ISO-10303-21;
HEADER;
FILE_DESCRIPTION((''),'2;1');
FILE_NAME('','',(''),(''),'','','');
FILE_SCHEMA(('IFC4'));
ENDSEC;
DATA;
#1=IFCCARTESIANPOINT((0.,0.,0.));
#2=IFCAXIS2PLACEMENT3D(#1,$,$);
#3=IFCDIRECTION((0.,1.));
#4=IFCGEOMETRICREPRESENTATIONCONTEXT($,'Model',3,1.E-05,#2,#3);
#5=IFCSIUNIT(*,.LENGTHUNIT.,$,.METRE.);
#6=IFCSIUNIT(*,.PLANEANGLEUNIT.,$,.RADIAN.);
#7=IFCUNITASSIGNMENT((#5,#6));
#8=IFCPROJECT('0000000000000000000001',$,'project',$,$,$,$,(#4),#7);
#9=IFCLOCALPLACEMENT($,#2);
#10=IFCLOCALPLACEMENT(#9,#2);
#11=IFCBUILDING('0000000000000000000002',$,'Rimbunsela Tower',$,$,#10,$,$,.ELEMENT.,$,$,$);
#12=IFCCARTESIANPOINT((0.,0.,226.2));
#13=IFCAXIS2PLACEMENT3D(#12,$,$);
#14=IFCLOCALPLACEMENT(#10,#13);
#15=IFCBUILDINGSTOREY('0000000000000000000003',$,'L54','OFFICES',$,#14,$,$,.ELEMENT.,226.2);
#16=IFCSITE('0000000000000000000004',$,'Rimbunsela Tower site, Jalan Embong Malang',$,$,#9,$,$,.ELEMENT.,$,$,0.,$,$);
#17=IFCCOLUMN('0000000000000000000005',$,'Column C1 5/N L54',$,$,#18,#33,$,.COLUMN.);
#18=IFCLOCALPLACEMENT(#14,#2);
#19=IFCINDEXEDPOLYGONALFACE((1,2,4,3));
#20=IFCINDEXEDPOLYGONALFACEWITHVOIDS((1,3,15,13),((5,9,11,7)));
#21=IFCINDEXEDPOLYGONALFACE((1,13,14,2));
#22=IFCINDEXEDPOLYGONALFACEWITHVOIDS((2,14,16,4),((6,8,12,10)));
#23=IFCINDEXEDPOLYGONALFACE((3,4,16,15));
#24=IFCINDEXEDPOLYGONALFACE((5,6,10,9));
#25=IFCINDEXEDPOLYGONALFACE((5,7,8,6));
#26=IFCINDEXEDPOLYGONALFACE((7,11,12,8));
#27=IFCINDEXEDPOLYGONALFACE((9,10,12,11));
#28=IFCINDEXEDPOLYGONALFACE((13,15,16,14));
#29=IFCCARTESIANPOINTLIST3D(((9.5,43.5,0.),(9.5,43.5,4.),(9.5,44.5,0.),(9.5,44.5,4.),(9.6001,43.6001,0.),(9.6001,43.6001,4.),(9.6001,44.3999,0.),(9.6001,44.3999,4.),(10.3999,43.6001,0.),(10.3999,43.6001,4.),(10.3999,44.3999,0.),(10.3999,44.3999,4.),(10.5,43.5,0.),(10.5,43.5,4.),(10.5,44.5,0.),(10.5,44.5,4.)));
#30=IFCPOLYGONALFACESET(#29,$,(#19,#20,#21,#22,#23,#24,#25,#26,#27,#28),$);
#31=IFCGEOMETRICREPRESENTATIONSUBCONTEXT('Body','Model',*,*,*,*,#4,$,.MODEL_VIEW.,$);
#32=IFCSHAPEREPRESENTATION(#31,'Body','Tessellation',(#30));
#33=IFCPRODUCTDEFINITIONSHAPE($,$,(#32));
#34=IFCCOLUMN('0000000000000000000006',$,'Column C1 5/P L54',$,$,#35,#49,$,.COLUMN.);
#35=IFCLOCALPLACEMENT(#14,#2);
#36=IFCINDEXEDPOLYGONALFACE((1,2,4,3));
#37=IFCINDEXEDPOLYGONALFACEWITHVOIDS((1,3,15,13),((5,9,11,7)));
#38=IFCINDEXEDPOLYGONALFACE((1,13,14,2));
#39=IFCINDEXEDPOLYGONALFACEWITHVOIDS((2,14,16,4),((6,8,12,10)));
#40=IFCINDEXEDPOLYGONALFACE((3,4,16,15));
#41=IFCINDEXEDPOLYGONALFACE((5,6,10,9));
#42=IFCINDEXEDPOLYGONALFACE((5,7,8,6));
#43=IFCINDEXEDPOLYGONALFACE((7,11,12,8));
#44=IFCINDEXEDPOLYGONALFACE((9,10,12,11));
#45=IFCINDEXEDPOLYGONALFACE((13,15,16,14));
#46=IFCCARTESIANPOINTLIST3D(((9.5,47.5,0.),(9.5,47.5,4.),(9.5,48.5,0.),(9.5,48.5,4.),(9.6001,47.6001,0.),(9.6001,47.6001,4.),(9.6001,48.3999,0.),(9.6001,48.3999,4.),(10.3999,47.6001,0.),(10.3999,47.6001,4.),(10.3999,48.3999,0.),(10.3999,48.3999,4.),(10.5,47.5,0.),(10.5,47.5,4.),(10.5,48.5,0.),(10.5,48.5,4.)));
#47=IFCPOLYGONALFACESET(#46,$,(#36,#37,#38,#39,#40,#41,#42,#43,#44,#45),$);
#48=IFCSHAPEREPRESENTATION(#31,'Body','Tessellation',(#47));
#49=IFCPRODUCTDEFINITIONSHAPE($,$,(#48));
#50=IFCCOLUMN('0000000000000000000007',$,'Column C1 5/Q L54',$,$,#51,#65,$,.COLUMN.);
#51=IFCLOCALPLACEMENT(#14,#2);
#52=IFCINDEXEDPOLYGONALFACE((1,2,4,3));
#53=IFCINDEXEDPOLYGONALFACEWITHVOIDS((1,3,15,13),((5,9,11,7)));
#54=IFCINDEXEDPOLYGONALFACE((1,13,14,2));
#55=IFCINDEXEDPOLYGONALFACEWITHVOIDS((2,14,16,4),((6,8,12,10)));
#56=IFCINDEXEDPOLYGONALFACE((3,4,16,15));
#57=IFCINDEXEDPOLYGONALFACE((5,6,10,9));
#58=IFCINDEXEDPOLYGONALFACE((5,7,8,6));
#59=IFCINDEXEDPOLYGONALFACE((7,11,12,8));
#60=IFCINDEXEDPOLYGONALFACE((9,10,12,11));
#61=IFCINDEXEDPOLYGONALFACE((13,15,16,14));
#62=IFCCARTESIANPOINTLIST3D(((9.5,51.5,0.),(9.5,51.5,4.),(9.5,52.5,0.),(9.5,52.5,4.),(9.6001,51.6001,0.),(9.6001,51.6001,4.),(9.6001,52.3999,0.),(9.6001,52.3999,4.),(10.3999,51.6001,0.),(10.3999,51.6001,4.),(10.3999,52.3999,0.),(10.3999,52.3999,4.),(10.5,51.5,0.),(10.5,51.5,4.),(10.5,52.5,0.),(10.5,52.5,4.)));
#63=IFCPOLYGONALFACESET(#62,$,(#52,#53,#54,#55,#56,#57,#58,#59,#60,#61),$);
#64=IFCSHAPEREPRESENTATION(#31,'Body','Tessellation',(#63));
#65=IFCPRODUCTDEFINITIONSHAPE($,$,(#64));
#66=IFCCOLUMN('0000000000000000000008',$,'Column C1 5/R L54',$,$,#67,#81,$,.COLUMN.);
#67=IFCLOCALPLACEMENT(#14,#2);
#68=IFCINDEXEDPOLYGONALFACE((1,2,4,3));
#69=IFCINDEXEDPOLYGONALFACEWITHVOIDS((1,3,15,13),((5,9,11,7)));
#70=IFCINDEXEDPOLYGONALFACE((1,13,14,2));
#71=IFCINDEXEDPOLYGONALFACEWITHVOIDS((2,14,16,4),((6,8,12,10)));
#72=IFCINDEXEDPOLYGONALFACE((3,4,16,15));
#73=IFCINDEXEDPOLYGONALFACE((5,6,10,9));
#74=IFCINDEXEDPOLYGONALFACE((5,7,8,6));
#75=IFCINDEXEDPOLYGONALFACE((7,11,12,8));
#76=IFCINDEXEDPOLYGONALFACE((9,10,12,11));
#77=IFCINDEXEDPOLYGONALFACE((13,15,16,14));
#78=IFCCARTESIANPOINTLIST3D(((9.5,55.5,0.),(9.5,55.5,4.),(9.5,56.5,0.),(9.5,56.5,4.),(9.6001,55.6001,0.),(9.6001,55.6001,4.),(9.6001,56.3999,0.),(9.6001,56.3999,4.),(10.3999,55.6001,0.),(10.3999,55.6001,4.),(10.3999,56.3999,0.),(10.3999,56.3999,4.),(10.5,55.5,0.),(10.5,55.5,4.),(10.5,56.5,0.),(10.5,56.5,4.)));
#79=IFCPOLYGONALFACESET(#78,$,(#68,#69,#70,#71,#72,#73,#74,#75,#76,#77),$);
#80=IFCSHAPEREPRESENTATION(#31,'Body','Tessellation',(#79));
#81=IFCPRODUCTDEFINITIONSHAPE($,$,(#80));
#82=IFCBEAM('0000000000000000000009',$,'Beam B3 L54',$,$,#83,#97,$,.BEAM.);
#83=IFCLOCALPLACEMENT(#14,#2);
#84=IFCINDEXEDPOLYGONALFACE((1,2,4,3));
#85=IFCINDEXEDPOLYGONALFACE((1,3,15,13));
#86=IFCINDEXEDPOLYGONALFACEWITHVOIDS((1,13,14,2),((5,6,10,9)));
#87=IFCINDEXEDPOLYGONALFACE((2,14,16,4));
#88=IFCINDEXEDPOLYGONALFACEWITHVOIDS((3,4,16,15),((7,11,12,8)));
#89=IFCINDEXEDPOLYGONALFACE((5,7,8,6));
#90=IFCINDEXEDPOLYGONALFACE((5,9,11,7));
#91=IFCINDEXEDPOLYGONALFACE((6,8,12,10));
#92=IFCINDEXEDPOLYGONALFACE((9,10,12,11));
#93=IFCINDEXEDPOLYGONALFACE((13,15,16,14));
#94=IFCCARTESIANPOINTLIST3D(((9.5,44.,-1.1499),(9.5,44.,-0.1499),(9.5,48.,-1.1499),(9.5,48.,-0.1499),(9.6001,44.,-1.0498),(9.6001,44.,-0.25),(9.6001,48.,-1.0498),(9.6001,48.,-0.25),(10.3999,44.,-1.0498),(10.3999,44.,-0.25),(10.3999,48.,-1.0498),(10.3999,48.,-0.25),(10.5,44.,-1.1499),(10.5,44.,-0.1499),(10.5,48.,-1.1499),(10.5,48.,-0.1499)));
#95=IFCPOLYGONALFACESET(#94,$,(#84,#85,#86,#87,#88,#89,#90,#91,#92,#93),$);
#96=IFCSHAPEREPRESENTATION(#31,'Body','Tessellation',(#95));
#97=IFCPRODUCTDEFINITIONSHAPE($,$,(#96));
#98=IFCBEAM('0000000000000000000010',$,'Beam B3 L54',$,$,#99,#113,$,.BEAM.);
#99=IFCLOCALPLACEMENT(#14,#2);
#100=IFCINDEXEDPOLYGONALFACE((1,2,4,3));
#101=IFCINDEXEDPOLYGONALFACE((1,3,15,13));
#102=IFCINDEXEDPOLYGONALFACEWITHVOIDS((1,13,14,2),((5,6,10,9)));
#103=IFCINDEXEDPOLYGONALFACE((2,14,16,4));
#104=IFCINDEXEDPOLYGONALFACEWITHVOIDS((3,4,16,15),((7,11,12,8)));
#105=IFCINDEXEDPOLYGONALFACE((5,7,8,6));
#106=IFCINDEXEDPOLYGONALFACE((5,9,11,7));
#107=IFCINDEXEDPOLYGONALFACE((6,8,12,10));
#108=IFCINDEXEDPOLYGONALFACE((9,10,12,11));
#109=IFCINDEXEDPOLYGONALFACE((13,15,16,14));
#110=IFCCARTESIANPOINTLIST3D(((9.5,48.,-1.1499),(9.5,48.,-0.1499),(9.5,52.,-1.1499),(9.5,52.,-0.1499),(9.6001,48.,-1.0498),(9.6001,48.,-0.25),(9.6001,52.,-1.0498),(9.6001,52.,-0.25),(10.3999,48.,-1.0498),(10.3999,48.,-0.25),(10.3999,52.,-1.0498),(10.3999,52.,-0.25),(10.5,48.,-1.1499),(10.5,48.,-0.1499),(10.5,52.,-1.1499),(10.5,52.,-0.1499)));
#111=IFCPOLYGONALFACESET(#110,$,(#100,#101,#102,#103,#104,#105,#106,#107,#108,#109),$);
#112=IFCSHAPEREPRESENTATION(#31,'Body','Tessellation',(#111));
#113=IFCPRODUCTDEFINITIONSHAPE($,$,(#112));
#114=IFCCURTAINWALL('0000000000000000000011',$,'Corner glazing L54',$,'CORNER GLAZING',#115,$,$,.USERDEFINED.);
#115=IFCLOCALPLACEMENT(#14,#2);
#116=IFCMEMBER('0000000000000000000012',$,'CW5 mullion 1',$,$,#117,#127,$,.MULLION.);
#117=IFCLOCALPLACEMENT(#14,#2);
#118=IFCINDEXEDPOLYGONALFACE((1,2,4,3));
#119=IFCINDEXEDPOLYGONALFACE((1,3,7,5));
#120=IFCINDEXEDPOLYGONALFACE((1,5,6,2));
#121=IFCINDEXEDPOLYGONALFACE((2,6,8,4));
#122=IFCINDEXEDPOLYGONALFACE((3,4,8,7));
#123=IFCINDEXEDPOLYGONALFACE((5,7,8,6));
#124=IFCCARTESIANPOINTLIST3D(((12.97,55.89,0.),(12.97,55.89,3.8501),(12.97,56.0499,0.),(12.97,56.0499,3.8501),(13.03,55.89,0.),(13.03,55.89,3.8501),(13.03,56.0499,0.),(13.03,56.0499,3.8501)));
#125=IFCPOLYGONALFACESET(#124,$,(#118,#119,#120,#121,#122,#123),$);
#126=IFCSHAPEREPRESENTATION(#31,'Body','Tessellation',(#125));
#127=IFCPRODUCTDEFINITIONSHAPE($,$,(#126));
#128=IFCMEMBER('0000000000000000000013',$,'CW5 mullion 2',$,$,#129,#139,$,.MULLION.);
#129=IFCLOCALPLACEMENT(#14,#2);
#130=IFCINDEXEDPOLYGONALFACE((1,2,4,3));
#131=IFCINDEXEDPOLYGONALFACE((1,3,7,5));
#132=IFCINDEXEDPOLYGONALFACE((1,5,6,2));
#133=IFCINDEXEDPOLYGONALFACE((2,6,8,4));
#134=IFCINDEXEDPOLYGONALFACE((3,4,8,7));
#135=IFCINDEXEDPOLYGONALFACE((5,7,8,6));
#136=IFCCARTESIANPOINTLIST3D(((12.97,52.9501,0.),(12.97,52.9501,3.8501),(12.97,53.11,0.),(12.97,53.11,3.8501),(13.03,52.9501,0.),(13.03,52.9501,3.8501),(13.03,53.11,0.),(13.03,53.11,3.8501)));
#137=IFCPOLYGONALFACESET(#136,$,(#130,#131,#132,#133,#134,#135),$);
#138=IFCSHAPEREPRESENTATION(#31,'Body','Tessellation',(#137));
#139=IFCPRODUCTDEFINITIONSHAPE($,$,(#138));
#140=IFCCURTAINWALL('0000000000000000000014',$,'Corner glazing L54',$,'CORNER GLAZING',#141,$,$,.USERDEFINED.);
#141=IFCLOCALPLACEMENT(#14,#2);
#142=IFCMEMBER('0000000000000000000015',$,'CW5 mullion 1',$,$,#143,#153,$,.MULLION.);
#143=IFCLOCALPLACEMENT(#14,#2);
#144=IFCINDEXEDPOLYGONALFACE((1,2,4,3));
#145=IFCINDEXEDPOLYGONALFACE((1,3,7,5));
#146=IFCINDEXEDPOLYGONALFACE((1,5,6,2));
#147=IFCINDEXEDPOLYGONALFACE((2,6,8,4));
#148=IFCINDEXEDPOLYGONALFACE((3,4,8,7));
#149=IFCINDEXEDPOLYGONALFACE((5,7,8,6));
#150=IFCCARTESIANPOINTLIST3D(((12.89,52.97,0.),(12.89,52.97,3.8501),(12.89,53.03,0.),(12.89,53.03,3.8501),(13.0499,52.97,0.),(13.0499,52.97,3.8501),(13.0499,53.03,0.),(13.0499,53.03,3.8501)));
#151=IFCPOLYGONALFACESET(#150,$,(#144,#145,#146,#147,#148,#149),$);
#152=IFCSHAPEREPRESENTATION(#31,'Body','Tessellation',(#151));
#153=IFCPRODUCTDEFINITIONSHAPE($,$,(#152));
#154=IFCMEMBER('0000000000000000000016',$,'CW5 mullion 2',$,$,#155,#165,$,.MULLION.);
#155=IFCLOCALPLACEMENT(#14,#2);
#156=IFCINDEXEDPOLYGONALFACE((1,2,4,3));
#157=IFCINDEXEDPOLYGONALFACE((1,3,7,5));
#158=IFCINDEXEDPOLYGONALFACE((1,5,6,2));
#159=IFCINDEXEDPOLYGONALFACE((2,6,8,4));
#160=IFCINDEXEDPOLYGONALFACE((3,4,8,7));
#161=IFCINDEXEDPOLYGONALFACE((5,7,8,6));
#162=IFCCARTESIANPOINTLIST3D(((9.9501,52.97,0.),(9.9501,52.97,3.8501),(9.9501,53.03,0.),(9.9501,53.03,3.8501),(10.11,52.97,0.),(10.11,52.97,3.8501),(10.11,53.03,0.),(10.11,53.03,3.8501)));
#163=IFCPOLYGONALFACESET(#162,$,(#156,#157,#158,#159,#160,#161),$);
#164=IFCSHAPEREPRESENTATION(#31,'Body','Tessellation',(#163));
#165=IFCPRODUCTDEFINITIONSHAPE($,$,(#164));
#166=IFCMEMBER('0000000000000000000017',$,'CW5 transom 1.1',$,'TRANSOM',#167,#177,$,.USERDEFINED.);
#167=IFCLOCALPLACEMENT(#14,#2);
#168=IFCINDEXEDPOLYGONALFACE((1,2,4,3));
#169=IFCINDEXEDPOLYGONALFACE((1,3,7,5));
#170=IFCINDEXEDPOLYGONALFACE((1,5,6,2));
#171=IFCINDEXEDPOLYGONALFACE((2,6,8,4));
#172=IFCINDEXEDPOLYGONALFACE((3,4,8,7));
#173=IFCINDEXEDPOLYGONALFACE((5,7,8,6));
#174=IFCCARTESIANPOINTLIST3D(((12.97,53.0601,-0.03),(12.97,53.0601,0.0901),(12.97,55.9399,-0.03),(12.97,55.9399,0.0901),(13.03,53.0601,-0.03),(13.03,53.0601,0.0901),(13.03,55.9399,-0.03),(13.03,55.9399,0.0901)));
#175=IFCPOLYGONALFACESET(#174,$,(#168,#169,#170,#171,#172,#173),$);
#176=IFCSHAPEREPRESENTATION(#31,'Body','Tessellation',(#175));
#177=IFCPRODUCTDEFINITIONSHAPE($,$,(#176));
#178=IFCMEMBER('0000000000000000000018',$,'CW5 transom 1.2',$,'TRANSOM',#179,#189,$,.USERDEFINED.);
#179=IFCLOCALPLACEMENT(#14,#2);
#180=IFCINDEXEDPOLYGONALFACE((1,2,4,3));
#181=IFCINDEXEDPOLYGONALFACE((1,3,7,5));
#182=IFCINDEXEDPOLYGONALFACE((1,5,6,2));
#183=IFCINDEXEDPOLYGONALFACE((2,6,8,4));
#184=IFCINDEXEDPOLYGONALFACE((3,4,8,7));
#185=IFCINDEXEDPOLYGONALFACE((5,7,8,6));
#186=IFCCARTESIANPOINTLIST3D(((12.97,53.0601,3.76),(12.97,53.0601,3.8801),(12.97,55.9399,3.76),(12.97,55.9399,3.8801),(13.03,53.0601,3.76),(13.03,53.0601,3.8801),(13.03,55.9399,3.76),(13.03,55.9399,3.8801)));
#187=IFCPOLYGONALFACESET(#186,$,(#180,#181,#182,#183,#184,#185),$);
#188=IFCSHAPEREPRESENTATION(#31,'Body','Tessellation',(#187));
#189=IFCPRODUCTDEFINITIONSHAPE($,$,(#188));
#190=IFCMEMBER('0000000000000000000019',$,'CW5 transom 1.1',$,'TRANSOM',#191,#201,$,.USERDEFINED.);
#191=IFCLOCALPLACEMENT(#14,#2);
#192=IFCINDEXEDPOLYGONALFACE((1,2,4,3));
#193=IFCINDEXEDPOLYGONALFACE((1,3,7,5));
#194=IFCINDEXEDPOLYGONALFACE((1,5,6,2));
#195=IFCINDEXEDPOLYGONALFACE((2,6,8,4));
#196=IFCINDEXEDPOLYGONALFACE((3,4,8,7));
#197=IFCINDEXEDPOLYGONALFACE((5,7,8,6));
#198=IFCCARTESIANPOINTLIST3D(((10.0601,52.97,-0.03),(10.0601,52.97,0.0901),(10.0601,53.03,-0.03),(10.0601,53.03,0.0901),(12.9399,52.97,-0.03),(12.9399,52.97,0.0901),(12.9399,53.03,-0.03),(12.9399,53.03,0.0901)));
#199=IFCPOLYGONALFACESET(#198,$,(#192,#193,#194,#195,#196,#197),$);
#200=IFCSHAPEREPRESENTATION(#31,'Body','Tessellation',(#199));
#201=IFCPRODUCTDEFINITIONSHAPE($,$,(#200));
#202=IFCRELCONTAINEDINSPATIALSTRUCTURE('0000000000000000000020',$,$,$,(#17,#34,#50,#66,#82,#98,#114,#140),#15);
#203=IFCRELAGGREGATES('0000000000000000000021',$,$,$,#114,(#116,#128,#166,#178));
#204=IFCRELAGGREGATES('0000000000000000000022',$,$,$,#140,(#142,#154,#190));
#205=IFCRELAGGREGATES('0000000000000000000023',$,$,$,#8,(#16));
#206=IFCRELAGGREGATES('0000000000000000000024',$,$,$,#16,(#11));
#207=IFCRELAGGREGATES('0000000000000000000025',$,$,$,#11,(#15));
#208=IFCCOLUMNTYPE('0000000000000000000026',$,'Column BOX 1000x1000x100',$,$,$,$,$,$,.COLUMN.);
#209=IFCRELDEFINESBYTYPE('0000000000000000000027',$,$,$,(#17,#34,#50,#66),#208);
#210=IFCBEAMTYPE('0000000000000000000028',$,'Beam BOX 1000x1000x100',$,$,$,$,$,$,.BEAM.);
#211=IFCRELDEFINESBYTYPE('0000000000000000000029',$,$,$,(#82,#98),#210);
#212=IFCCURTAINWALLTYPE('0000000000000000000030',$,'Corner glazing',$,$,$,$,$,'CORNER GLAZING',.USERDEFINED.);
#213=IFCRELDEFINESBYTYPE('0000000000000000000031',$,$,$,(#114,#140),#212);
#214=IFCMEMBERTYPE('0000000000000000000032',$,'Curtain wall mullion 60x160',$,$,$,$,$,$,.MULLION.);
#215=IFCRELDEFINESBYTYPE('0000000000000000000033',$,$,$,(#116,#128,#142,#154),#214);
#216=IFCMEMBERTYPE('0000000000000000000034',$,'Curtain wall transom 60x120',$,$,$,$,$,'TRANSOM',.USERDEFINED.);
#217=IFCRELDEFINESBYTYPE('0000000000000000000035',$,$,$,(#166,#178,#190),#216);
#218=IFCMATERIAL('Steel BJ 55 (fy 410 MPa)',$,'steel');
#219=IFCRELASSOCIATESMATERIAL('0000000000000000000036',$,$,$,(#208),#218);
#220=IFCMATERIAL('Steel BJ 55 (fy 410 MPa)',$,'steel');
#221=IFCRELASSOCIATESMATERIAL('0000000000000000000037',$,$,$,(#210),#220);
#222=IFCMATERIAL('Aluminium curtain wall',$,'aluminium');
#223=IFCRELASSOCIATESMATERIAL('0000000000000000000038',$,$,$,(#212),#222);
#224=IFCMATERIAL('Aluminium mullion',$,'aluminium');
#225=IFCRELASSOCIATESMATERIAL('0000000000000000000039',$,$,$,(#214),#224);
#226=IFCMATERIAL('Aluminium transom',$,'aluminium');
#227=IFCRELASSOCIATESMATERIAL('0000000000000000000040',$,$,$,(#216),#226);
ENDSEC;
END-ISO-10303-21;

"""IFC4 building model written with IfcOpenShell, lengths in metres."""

from ifc_helpers import new_model, si_unit, direction, frame, origin, origin_2d, place, context, subcontext, project, spatial, rectangle, hollow_rectangle, extrude, material, material_profile, profile_set, type_object, element, aggregate, save


model = new_model("IFC4")

# Units and contexts
model_context = context("Model", 3, precision=1e-05, world=origin(), true_north=direction((0.0, 1.0)))
body_context = subcontext(model_context, "Body", "Model", "MODEL_VIEW")
ifc_project = project(units=[si_unit("LENGTHUNIT", "METRE"), si_unit("PLANEANGLEUNIT", "RADIAN")], contexts=[model_context])

# Site, building, storey
site_placement = place(None, origin())
site = spatial("IfcSite", under=ifc_project, at=site_placement, Name="Rimbunsela Tower site, Jalan Embong Malang", CompositionType="ELEMENT", RefElevation=0.0)
building_placement = place(site_placement, origin())
building = spatial("IfcBuilding", under=site, at=building_placement, Name="Rimbunsela Tower", CompositionType="ELEMENT")
storey_placement = place(building_placement, frame((0.0, 0.0, 226.2)))
storey = spatial("IfcBuildingStorey", under=building, at=storey_placement, Name="L54", Description="OFFICES", CompositionType="ELEMENT", Elevation=226.2)

# Columns
ifc_material_1 = material(Name="Steel BJ 55 (fy 410 MPa)", Category="steel")
ifc_material_profile_1 = material_profile(ifc_material_1, hollow_rectangle(XDim=1.0, YDim=1.0, WallThickness=0.1001, at=origin_2d()), Name="BOX 1000x1000x100")
ifc_profile_set_1 = profile_set([ifc_material_profile_1], Name="Steel BJ 55 (fy 410 MPa)")
column_type = type_object("IfcColumnType", Name="Column BOX 1000x1000x100", PredefinedType="COLUMN", material=ifc_profile_set_1)
for number, where, z_axis, x_axis, name in (
    (1, (10.0, 44.0, 0.0), (0.0, 0.0, 1.0), (1.0, 0.0, 0.0), "Column C1 5/N L54"),
    (2, (10.0, 48.0, 0.0), (0.0, 0.0, 1.0), (1.0, 0.0, 0.0), "Column C1 5/P L54"),
    (3, (10.0, 52.0, 0.0), (0.0, 0.0, 1.0), (1.0, 0.0, 0.0), "Column C1 5/Q L54"),
    (4, (10.0, 56.0, 0.0), (0.0, 0.0, 1.0), (1.0, 0.0, 0.0), "Column C1 5/R L54"),
):
    element("IfcColumn", number, at=place(storey_placement, frame(where, z_axis=z_axis, x_axis=x_axis)), inside=storey, type_object=column_type, Name=name, PredefinedType="COLUMN", context=body_context, shape_type="SweptSolid", body=[
        extrude(hollow_rectangle(XDim=1.0, YDim=1.0, WallThickness=0.1001, at=origin_2d()), origin(), (0.0, 0.0, 1.0), 4.0),
    ])

# Beams
ifc_material_2 = material(Name="Steel BJ 55 (fy 410 MPa)", Category="steel")
ifc_material_profile_2 = material_profile(ifc_material_2, hollow_rectangle(XDim=1.0, YDim=1.0, WallThickness=0.1001, at=origin_2d()), Name="BOX 1000x1000x100")
ifc_profile_set_2 = profile_set([ifc_material_profile_2], Name="Steel BJ 55 (fy 410 MPa)")
beam_type = type_object("IfcBeamType", Name="Beam BOX 1000x1000x100", PredefinedType="BEAM", material=ifc_profile_set_2)
for number, where, z_axis, x_axis, name in (
    (5, (10.0, 44.0, -0.6499), (0.0, 1.0, 0.0), (-1.0, 0.0, 0.0), "Beam B3 L54"),
    (6, (10.0, 48.0, -0.6499), (0.0, 1.0, 0.0), (-1.0, 0.0, 0.0), "Beam B3 L54"),
):
    element("IfcBeam", number, at=place(storey_placement, frame(where, z_axis=z_axis, x_axis=x_axis)), inside=storey, type_object=beam_type, Name=name, PredefinedType="BEAM", context=body_context, shape_type="SweptSolid", body=[
        extrude(hollow_rectangle(XDim=1.0, YDim=1.0, WallThickness=0.1001, at=origin_2d()), origin(), (0.0, 0.0, 1.0), 4.0),
    ])

# Curtain walls, members
ifc_material_3 = material(Name="Aluminium curtain wall", Category="aluminium")
curtain_wall_type = type_object("IfcCurtainWallType", Name="Corner glazing", ElementType="CORNER GLAZING", PredefinedType="USERDEFINED", material=ifc_material_3)
curtain_wall_1_placement = place(storey_placement, origin())
curtain_wall_1 = element("IfcCurtainWall", 7, at=curtain_wall_1_placement, inside=storey, type_object=curtain_wall_type, Name="Corner glazing L54", ObjectType="CORNER GLAZING", PredefinedType="USERDEFINED")
ifc_material_4 = material(Name="Aluminium mullion", Category="aluminium")
ifc_material_profile_3 = material_profile(ifc_material_4, rectangle(XDim=0.0601, YDim=0.1599, at=origin_2d()), Name="Mullion 60x160")
ifc_profile_set_3 = profile_set([ifc_material_profile_3], Name="Aluminium mullion")
member_type_1 = type_object("IfcMemberType", Name="Curtain wall mullion 60x160", PredefinedType="MULLION", material=ifc_profile_set_3)
member_1_placement = place(storey_placement, frame((13.0, 55.97, 0.0), z_axis=(0.0, 0.0, 1.0), x_axis=(1.0, 0.0, 0.0)))
member_1 = element("IfcMember", 8, at=member_1_placement, type_object=member_type_1, Name="CW5 mullion 1", PredefinedType="MULLION", context=body_context, shape_type="SweptSolid", body=[
    extrude(rectangle(XDim=0.0601, YDim=0.1599, at=origin_2d()), origin(), (0.0, 0.0, 1.0), 3.8501),
])
member_2_placement = place(storey_placement, frame((13.0, 53.03, 0.0), z_axis=(0.0, 0.0, 1.0), x_axis=(1.0, 0.0, 0.0)))
member_2 = element("IfcMember", 9, at=member_2_placement, type_object=member_type_1, Name="CW5 mullion 2", PredefinedType="MULLION", context=body_context, shape_type="SweptSolid", body=[
    extrude(rectangle(XDim=0.0601, YDim=0.1599, at=origin_2d()), origin(), (0.0, 0.0, 1.0), 3.8501),
])
curtain_wall_2_placement = place(storey_placement, origin())
curtain_wall_2 = element("IfcCurtainWall", 10, at=curtain_wall_2_placement, inside=storey, type_object=curtain_wall_type, Name="Corner glazing L54", ObjectType="CORNER GLAZING", PredefinedType="USERDEFINED")
member_3_placement = place(storey_placement, frame((12.97, 53.0, 0.0), z_axis=(0.0, 0.0, 1.0), x_axis=(0.0, -1.0, 0.0)))
member_3 = element("IfcMember", 11, at=member_3_placement, type_object=member_type_1, Name="CW5 mullion 1", PredefinedType="MULLION", context=body_context, shape_type="SweptSolid", body=[
    extrude(rectangle(XDim=0.0601, YDim=0.1599, at=origin_2d()), origin(), (0.0, 0.0, 1.0), 3.8501),
])
member_4_placement = place(storey_placement, frame((10.03, 53.0, 0.0), z_axis=(0.0, 0.0, 1.0), x_axis=(0.0, -1.0, 0.0)))
member_4 = element("IfcMember", 12, at=member_4_placement, type_object=member_type_1, Name="CW5 mullion 2", PredefinedType="MULLION", context=body_context, shape_type="SweptSolid", body=[
    extrude(rectangle(XDim=0.0601, YDim=0.1599, at=origin_2d()), origin(), (0.0, 0.0, 1.0), 3.8501),
])

# Members
ifc_material_5 = material(Name="Aluminium transom", Category="aluminium")
ifc_material_profile_4 = material_profile(ifc_material_5, rectangle(XDim=0.0601, YDim=0.1201, at=origin_2d()), Name="Transom 60x120")
ifc_profile_set_4 = profile_set([ifc_material_profile_4], Name="Aluminium transom")
member_type_2 = type_object("IfcMemberType", Name="Curtain wall transom 60x120", ElementType="TRANSOM", PredefinedType="USERDEFINED", material=ifc_profile_set_4)
member_5_placement = place(storey_placement, frame((13.0, 55.9399, 0.03), z_axis=(0.0, -1.0, 0.0), x_axis=(1.0, 0.0, 0.0)))
member_5 = element("IfcMember", 13, at=member_5_placement, type_object=member_type_2, Name="CW5 transom 1.1", ObjectType="TRANSOM", PredefinedType="USERDEFINED", context=body_context, shape_type="SweptSolid", body=[
    extrude(rectangle(XDim=0.0601, YDim=0.1201, at=origin_2d()), origin(), (0.0, 0.0, 1.0), 2.8799),
])
member_6_placement = place(storey_placement, frame((13.0, 55.9399, 3.8201), z_axis=(0.0, -1.0, 0.0), x_axis=(1.0, 0.0, 0.0)))
member_6 = element("IfcMember", 14, at=member_6_placement, type_object=member_type_2, Name="CW5 transom 1.2", ObjectType="TRANSOM", PredefinedType="USERDEFINED", context=body_context, shape_type="SweptSolid", body=[
    extrude(rectangle(XDim=0.0601, YDim=0.1201, at=origin_2d()), origin(), (0.0, 0.0, 1.0), 2.8799),
])
member_7_placement = place(storey_placement, frame((12.9399, 53.0, 0.03), z_axis=(-1.0, 0.0, 0.0), x_axis=(0.0, -1.0, 0.0)))
member_7 = element("IfcMember", 15, at=member_7_placement, type_object=member_type_2, Name="CW5 transom 1.1", ObjectType="TRANSOM", PredefinedType="USERDEFINED", context=body_context, shape_type="SweptSolid", body=[
    extrude(rectangle(XDim=0.0601, YDim=0.1201, at=origin_2d()), origin(), (0.0, 0.0, 1.0), 2.8799),
])

aggregate(curtain_wall_1, [member_1, member_2, member_5, member_6])
aggregate(curtain_wall_2, [member_3, member_4, member_7])

save(model, "model.ifc")
